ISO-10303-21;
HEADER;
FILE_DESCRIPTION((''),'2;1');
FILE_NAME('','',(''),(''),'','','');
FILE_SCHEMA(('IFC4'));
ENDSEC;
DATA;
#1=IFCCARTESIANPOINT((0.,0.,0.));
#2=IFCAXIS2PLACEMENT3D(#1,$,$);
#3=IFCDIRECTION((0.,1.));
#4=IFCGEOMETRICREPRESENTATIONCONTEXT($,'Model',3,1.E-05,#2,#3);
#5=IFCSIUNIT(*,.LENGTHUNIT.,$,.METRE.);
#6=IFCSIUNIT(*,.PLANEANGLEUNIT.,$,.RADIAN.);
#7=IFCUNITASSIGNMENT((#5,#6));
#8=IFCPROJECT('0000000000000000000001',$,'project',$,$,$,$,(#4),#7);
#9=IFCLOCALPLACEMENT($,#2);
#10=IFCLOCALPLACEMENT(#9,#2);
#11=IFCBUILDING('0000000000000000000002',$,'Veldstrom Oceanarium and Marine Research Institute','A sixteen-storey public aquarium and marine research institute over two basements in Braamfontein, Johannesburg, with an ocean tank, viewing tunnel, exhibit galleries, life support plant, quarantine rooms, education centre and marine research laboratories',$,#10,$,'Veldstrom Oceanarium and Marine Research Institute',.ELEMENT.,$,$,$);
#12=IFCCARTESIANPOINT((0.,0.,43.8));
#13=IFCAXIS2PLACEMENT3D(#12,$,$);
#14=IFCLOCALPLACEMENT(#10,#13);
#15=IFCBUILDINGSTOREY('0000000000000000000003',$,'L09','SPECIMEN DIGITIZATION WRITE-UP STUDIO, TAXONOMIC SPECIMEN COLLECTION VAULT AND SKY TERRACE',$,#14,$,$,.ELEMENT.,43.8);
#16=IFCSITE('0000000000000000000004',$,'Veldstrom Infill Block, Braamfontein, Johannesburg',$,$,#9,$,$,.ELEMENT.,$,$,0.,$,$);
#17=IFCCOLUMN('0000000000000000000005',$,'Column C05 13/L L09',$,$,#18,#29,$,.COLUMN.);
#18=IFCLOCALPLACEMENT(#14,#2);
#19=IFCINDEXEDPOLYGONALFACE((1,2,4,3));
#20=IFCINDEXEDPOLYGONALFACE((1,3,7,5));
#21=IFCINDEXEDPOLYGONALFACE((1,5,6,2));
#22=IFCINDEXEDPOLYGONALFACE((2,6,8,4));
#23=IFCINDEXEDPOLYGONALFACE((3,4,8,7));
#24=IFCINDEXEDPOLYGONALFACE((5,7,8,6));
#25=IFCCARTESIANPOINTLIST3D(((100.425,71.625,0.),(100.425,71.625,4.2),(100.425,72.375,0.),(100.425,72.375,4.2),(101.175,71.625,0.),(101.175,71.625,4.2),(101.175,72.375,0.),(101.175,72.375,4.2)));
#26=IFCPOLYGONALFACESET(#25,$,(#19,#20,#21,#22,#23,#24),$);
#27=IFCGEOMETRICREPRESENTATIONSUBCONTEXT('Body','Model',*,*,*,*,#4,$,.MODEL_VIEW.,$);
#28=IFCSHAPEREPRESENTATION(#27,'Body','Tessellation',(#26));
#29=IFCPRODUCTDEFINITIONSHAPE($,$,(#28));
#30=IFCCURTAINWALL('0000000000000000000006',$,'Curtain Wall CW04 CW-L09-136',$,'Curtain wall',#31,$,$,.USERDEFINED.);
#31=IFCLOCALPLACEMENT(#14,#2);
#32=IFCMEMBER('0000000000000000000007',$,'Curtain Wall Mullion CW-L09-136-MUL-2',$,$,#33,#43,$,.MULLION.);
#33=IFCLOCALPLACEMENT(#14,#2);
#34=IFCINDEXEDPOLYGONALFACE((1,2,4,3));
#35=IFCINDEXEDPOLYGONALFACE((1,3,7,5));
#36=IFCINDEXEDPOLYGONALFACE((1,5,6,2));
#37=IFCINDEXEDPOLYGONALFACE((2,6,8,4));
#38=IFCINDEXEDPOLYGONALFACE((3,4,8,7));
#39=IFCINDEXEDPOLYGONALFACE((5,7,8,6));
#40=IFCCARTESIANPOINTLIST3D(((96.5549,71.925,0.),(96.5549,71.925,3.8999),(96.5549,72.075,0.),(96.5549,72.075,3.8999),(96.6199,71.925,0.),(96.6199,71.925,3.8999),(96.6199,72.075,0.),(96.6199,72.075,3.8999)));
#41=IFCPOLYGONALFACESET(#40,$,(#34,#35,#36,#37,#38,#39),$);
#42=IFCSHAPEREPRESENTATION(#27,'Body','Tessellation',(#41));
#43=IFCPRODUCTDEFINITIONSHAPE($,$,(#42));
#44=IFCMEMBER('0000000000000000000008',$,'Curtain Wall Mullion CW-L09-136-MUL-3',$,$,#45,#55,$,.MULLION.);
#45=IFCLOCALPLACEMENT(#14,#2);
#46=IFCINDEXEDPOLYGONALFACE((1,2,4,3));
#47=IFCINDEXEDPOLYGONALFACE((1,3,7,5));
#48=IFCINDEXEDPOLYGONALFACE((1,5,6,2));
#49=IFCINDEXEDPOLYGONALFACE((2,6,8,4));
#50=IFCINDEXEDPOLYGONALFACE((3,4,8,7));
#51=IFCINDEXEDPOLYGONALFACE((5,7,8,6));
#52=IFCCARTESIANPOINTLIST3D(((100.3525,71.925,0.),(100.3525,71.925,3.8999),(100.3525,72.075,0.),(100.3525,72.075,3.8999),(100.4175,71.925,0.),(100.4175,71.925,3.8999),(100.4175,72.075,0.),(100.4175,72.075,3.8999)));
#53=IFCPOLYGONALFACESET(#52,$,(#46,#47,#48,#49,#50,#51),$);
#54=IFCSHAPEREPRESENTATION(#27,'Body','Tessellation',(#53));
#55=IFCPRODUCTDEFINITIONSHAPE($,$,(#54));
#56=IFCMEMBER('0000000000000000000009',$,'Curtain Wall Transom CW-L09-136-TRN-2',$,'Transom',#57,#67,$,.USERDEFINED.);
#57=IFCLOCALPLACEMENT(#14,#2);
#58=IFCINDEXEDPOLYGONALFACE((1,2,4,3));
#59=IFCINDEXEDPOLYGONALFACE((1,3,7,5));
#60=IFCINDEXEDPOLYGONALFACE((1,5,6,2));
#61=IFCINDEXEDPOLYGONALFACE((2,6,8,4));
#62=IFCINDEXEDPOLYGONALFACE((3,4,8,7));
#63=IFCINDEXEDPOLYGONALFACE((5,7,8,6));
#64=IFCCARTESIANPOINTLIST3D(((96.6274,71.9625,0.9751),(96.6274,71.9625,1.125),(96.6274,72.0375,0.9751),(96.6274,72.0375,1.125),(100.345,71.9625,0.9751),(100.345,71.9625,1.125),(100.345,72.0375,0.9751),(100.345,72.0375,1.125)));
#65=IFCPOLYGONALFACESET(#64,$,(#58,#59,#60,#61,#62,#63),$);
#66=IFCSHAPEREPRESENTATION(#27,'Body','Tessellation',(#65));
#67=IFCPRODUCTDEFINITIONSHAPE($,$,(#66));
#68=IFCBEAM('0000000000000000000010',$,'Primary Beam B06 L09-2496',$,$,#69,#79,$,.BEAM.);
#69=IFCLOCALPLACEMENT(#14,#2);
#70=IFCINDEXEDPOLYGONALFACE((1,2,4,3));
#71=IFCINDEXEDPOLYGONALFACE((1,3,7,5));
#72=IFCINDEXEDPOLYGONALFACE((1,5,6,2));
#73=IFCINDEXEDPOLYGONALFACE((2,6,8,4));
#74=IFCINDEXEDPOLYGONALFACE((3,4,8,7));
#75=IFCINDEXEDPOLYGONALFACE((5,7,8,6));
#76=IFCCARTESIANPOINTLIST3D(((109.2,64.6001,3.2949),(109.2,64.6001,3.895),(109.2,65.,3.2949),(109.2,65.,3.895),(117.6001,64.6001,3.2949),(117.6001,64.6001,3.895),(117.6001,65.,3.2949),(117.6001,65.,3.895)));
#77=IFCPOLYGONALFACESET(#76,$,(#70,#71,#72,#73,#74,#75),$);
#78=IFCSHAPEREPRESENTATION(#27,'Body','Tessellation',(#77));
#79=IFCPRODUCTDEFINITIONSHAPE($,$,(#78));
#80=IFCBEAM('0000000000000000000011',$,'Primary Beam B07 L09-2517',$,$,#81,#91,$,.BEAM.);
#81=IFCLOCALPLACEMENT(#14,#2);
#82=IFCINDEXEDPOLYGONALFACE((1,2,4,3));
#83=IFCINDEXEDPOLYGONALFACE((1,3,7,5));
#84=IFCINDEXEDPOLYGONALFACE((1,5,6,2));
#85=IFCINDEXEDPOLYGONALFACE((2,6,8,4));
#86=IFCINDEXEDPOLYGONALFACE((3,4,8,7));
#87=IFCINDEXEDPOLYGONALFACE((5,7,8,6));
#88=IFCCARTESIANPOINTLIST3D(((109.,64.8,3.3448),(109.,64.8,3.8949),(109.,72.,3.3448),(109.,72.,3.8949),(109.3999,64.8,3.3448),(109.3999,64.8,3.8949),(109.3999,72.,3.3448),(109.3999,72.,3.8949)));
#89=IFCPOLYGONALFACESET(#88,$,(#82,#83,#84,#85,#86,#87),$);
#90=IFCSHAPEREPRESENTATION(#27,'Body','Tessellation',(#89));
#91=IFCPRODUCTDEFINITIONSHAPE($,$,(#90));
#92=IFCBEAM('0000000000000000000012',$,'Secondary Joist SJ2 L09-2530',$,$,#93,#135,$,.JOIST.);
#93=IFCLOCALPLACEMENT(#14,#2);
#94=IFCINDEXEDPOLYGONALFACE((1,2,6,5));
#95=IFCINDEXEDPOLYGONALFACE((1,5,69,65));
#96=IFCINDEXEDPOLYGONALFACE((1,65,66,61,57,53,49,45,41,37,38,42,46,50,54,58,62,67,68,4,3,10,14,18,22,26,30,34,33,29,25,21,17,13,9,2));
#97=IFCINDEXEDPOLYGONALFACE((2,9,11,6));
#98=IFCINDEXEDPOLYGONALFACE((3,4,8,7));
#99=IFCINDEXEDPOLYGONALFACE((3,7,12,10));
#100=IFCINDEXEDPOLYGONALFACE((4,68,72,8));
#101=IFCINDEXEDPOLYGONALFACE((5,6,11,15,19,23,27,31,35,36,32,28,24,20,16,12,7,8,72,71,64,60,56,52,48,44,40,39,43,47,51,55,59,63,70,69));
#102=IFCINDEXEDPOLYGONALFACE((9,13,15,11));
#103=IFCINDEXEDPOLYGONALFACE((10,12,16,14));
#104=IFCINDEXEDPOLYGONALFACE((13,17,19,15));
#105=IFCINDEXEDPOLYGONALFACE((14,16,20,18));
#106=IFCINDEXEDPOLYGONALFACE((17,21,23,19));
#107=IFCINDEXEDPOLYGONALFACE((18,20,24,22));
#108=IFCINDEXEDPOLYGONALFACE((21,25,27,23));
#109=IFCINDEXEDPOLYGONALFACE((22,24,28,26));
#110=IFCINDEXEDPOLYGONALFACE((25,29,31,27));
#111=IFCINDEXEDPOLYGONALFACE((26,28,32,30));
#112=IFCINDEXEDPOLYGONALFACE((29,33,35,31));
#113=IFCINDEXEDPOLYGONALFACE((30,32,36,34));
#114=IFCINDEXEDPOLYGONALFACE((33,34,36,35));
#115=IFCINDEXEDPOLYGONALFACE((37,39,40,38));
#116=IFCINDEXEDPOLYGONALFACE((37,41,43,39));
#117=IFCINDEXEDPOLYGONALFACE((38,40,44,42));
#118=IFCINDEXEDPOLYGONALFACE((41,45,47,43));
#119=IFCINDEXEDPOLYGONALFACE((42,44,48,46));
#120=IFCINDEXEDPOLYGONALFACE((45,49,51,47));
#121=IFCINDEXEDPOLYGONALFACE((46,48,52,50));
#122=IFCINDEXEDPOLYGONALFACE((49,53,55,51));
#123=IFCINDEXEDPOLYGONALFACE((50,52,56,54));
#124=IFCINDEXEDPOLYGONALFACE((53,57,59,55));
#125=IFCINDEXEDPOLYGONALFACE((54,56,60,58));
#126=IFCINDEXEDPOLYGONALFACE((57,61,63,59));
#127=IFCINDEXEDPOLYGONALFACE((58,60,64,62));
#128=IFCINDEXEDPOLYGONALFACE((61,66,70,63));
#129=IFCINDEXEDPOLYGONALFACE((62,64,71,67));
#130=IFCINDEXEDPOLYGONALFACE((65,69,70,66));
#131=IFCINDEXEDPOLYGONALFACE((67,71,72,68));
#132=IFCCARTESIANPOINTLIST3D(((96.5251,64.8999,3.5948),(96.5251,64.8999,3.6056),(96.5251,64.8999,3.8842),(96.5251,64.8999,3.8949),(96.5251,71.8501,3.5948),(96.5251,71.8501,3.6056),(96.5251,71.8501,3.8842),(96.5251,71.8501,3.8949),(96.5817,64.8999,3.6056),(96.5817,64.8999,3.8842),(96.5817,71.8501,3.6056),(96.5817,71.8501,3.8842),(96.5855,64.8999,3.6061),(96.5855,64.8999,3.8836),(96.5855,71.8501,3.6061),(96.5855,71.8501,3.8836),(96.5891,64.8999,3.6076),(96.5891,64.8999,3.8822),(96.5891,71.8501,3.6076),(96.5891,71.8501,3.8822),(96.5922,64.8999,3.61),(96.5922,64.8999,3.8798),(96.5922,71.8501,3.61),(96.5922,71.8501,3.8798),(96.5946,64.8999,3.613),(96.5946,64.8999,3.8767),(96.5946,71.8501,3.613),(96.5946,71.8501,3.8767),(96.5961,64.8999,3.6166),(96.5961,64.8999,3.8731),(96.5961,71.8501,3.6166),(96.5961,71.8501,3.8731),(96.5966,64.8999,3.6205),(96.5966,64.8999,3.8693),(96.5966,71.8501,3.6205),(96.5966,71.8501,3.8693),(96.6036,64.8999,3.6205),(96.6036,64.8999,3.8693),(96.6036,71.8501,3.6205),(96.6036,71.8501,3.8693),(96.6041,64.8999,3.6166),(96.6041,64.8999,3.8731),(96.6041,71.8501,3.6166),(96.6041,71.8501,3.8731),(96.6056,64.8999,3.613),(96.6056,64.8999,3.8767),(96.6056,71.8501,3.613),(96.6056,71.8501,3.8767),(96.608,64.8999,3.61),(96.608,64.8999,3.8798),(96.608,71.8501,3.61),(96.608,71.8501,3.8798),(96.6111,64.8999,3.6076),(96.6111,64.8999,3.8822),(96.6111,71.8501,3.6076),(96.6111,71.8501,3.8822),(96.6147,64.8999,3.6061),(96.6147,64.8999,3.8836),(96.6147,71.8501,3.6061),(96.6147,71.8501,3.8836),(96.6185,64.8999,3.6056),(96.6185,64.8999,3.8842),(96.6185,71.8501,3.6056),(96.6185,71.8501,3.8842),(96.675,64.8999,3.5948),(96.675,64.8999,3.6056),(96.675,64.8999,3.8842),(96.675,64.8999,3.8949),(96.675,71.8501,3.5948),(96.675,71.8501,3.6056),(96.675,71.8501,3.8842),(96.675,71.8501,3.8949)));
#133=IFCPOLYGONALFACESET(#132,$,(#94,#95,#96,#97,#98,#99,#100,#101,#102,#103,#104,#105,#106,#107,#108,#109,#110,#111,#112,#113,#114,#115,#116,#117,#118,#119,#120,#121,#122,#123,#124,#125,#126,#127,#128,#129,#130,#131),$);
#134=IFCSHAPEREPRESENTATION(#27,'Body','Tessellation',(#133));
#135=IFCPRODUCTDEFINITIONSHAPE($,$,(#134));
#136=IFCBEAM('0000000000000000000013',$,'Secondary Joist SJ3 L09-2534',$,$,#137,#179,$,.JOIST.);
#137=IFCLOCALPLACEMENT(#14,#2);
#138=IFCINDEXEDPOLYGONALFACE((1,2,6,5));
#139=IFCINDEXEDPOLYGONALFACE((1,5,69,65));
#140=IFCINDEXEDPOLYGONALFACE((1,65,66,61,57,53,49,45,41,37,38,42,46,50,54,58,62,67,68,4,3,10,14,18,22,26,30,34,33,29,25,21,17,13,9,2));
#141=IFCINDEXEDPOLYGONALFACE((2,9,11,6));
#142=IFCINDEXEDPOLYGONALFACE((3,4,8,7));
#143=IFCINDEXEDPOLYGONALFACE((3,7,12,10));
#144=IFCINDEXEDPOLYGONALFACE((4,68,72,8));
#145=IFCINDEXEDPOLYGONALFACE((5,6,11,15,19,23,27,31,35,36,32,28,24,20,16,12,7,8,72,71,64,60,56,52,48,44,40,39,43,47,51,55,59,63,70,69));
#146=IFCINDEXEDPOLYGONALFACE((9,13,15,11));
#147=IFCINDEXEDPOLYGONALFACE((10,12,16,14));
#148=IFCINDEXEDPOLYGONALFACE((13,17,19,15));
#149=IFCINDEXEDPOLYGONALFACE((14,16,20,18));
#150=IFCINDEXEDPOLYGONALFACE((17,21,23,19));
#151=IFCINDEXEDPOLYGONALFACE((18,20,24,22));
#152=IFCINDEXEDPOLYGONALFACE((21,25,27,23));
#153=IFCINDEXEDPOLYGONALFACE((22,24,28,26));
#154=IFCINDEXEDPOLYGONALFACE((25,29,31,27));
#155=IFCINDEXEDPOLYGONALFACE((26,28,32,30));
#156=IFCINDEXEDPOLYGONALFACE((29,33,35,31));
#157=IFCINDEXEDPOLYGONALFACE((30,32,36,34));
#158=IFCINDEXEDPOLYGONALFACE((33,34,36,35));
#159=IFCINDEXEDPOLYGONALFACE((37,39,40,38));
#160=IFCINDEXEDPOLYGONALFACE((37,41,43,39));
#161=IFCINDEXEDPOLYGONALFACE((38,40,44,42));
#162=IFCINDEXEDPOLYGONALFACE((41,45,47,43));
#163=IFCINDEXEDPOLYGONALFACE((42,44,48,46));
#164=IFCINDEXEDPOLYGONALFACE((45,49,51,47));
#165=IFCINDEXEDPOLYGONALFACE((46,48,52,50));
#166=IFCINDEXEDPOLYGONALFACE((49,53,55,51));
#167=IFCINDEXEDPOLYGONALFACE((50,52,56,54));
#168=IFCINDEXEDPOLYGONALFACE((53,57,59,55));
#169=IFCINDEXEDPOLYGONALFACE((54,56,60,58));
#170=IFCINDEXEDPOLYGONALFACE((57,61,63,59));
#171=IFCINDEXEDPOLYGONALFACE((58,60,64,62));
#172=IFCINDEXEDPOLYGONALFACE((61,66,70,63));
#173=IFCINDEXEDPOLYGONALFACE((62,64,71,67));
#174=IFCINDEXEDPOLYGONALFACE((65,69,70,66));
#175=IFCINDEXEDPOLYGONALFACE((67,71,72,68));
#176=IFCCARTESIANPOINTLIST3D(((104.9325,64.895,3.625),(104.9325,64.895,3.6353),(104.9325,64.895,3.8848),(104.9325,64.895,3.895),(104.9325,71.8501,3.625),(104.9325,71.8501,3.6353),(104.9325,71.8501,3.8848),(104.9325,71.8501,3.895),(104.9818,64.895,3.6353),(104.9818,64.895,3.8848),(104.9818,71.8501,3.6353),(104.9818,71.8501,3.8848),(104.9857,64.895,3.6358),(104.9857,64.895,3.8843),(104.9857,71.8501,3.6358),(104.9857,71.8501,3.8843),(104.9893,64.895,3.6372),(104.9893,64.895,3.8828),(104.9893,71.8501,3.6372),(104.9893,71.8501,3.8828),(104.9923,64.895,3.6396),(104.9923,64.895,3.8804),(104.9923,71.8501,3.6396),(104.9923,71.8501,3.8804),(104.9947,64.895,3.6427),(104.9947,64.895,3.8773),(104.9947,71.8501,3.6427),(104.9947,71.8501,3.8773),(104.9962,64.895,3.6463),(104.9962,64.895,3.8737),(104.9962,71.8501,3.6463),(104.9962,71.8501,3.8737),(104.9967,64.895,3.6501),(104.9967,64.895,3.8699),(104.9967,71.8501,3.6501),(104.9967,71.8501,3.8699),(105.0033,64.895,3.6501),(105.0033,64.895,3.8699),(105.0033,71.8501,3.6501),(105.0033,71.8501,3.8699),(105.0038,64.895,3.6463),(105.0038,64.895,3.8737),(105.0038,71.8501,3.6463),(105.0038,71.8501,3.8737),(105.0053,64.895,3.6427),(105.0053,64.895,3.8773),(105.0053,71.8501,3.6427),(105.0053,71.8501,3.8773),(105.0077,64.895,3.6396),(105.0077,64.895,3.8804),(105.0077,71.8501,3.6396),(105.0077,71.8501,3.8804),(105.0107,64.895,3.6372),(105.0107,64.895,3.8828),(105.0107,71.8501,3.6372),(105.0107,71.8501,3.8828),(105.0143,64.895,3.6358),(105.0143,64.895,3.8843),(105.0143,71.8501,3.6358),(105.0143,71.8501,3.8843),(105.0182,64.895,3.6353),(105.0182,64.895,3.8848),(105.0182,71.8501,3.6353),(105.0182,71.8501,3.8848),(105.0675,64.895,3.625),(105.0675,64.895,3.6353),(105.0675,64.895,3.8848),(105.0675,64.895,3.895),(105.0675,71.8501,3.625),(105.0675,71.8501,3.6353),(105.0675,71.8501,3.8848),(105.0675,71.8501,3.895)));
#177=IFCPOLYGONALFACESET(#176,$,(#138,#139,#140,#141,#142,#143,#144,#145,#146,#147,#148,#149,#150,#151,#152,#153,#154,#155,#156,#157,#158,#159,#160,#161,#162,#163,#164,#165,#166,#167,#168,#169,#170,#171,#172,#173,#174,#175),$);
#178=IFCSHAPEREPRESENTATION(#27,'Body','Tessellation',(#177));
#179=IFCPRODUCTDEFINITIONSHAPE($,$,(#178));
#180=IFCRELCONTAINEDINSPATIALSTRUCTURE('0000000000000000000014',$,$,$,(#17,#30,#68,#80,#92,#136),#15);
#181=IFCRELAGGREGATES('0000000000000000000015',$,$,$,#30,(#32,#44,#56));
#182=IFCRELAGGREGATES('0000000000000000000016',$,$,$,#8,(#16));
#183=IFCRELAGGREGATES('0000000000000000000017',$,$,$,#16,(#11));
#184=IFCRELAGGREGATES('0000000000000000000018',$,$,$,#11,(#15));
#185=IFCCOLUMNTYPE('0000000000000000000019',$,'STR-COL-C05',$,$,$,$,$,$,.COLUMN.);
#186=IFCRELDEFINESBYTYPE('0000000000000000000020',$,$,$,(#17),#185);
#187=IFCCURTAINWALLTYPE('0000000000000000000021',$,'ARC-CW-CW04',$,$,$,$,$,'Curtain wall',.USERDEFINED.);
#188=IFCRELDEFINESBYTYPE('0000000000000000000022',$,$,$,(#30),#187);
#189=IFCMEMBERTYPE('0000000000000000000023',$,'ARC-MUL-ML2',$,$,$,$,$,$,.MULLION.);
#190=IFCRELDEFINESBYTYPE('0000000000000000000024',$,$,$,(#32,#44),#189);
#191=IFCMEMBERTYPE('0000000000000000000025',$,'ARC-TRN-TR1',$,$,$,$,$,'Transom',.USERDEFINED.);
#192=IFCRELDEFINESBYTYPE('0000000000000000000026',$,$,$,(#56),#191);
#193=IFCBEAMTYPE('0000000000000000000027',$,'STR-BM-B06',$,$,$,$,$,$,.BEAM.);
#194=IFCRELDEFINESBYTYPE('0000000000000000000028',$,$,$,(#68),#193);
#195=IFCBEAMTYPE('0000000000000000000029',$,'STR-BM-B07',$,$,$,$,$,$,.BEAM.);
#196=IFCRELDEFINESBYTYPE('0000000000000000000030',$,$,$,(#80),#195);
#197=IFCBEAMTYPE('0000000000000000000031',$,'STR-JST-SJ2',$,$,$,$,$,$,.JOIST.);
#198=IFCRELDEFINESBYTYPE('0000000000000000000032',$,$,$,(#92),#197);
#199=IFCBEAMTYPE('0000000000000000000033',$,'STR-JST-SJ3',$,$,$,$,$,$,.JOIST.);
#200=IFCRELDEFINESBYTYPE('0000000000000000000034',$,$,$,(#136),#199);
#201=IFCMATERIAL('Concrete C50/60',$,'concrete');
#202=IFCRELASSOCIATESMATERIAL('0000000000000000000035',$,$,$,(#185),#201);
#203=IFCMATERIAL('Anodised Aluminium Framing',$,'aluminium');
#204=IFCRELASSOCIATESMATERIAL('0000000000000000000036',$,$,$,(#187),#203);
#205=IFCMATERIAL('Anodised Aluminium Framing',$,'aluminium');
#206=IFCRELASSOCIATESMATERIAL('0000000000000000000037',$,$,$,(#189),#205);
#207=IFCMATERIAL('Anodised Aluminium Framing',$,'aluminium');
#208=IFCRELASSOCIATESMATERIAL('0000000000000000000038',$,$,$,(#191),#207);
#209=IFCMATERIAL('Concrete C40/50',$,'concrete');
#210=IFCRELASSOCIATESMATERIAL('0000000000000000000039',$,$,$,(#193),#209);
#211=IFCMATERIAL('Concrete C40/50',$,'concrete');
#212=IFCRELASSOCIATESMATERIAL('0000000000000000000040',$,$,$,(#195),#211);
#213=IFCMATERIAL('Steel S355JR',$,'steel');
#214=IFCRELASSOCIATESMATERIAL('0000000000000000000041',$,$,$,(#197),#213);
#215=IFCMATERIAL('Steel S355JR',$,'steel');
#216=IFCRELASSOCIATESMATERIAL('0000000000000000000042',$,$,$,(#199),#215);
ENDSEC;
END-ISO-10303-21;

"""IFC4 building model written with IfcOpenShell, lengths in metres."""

from ifc_helpers import new_model, si_unit, direction, frame, origin, origin_2d, place, context, subcontext, project, spatial, rectangle, i_section, extrude, material, material_profile, profile_set, type_object, element, aggregate, save


model = new_model("IFC4")

# Units and contexts
model_context = context("Model", 3, precision=1e-05, world=origin(), true_north=direction((0.0, 1.0)))
body_context = subcontext(model_context, "Body", "Model", "MODEL_VIEW")
ifc_project = project(units=[si_unit("LENGTHUNIT", "METRE"), si_unit("PLANEANGLEUNIT", "RADIAN")], contexts=[model_context])

# Site, building, storey
site_placement = place(None, origin())
site = spatial("IfcSite", under=ifc_project, at=site_placement, Name="Veldstrom Infill Block, Braamfontein, Johannesburg", CompositionType="ELEMENT", RefElevation=0.0)
building_placement = place(site_placement, origin())
building = spatial("IfcBuilding", under=site, at=building_placement, Name="Veldstrom Oceanarium and Marine Research Institute", Description="A sixteen-storey public aquarium and marine research institute over two basements in Braamfontein, Johannesburg, with an ocean tank, viewing tunnel, exhibit galleries, life support plant, quarantine rooms, education centre and marine research laboratories", LongName="Veldstrom Oceanarium and Marine Research Institute", CompositionType="ELEMENT")
storey_placement = place(building_placement, frame((0.0, 0.0, 43.8)))
storey = spatial("IfcBuildingStorey", under=building, at=storey_placement, Name="L09", Description="SPECIMEN DIGITIZATION WRITE-UP STUDIO, TAXONOMIC SPECIMEN COLLECTION VAULT AND SKY TERRACE", CompositionType="ELEMENT", Elevation=43.8)

# Column
ifc_material_1 = material(Name="Concrete C50/60", Category="concrete")
ifc_material_profile_1 = material_profile(ifc_material_1, rectangle(XDim=0.75, YDim=0.75, at=origin_2d()), Name="RC-COL-750x750")
ifc_profile_set_1 = profile_set([ifc_material_profile_1], Name="Concrete C50/60")
column_type = type_object("IfcColumnType", Name="STR-COL-C05", PredefinedType="COLUMN", material=ifc_profile_set_1)
column_placement = place(storey_placement, frame((100.8, 72.0, 0.0), z_axis=(0.0, 0.0, 1.0), x_axis=(1.0, 0.0, 0.0)))
element("IfcColumn", 1, at=column_placement, inside=storey, type_object=column_type, Name="Column C05 13/L L09", PredefinedType="COLUMN", context=body_context, shape_type="SweptSolid", body=[
    extrude(rectangle(XDim=0.75, YDim=0.75, at=origin_2d()), origin(), (0.0, 0.0, 1.0), 4.2),
])

# Curtain wall, members
ifc_material_2 = material(Name="Anodised Aluminium Framing", Category="aluminium")
curtain_wall_type = type_object("IfcCurtainWallType", Name="ARC-CW-CW04", ElementType="Curtain wall", PredefinedType="USERDEFINED", material=ifc_material_2)
curtain_wall_placement = place(storey_placement, origin())
curtain_wall = element("IfcCurtainWall", 2, at=curtain_wall_placement, inside=storey, type_object=curtain_wall_type, Name="Curtain Wall CW04 CW-L09-136", ObjectType="Curtain wall", PredefinedType="USERDEFINED")
ifc_material_3 = material(Name="Anodised Aluminium Framing", Category="aluminium")
ifc_material_profile_2 = material_profile(ifc_material_3, rectangle(XDim=0.0649, YDim=0.1499, at=origin_2d()), Name="ALU-MUL-65x150")
ifc_profile_set_2 = profile_set([ifc_material_profile_2], Name="Anodised Aluminium Framing")
member_type_1 = type_object("IfcMemberType", Name="ARC-MUL-ML2", PredefinedType="MULLION", material=ifc_profile_set_2)
member_1_placement = place(storey_placement, frame((96.5874, 72.0, 0.0), z_axis=(0.0, 0.0, 1.0), x_axis=(1.0, 0.0, 0.0)))
member_1 = element("IfcMember", 3, at=member_1_placement, type_object=member_type_1, Name="Curtain Wall Mullion CW-L09-136-MUL-2", PredefinedType="MULLION", context=body_context, shape_type="SweptSolid", body=[
    extrude(rectangle(XDim=0.0649, YDim=0.1499, at=origin_2d()), origin(), (0.0, 0.0, 1.0), 3.8999),
])
member_2_placement = place(storey_placement, frame((100.385, 72.0, 0.0), z_axis=(0.0, 0.0, 1.0), x_axis=(1.0, 0.0, 0.0)))
member_2 = element("IfcMember", 4, at=member_2_placement, type_object=member_type_1, Name="Curtain Wall Mullion CW-L09-136-MUL-3", PredefinedType="MULLION", context=body_context, shape_type="SweptSolid", body=[
    extrude(rectangle(XDim=0.0649, YDim=0.1499, at=origin_2d()), origin(), (0.0, 0.0, 1.0), 3.8999),
])
ifc_material_4 = material(Name="Anodised Aluminium Framing", Category="aluminium")
ifc_material_profile_3 = material_profile(ifc_material_4, rectangle(XDim=0.075, YDim=0.1499, at=origin_2d()), Name="ALU-TRN-75x150")
ifc_profile_set_3 = profile_set([ifc_material_profile_3], Name="Anodised Aluminium Framing")
member_type_2 = type_object("IfcMemberType", Name="ARC-TRN-TR1", ElementType="Transom", PredefinedType="USERDEFINED", material=ifc_profile_set_3)
member_3_placement = place(storey_placement, frame((96.6274, 72.0, 1.05), z_axis=(1.0, 0.0, 0.0), x_axis=(0.0, 1.0, 0.0)))
member_3 = element("IfcMember", 5, at=member_3_placement, type_object=member_type_2, Name="Curtain Wall Transom CW-L09-136-TRN-2", ObjectType="Transom", PredefinedType="USERDEFINED", context=body_context, shape_type="SweptSolid", body=[
    extrude(rectangle(XDim=0.075, YDim=0.1499, at=origin_2d()), origin(), (0.0, 0.0, 1.0), 3.7175),
])

# Beams
ifc_material_5 = material(Name="Concrete C40/50", Category="concrete")
ifc_material_profile_4 = material_profile(ifc_material_5, rectangle(XDim=0.3999, YDim=0.6001, at=origin_2d()), Name="RC-BM-400x600")
ifc_profile_set_4 = profile_set([ifc_material_profile_4], Name="Concrete C40/50")
beam_type_1 = type_object("IfcBeamType", Name="STR-BM-B06", PredefinedType="BEAM", material=ifc_profile_set_4)
beam_1_placement = place(storey_placement, frame((109.2, 64.8, 3.595), z_axis=(1.0, 0.0, 0.0), x_axis=(0.0, 1.0, 0.0)))
element("IfcBeam", 6, at=beam_1_placement, inside=storey, type_object=beam_type_1, Name="Primary Beam B06 L09-2496", PredefinedType="BEAM", context=body_context, shape_type="SweptSolid", body=[
    extrude(rectangle(XDim=0.3999, YDim=0.6001, at=origin_2d()), origin(), (0.0, 0.0, 1.0), 8.4001),
])
ifc_material_6 = material(Name="Concrete C40/50", Category="concrete")
ifc_material_profile_5 = material_profile(ifc_material_6, rectangle(XDim=0.3999, YDim=0.55, at=origin_2d()), Name="RC-BM-400x550")
ifc_profile_set_5 = profile_set([ifc_material_profile_5], Name="Concrete C40/50")
beam_type_2 = type_object("IfcBeamType", Name="STR-BM-B07", PredefinedType="BEAM", material=ifc_profile_set_5)
beam_2_placement = place(storey_placement, frame((109.2, 64.8, 3.6199), z_axis=(0.0, 1.0, 0.0), x_axis=(-1.0, 0.0, 0.0)))
element("IfcBeam", 7, at=beam_2_placement, inside=storey, type_object=beam_type_2, Name="Primary Beam B07 L09-2517", PredefinedType="BEAM", context=body_context, shape_type="SweptSolid", body=[
    extrude(rectangle(XDim=0.3999, YDim=0.55, at=origin_2d()), origin(), (0.0, 0.0, 1.0), 7.2),
])
ifc_material_7 = material(Name="Steel S355JR", Category="steel")
ifc_material_profile_6 = material_profile(ifc_material_7, i_section(OverallWidth=0.1499, OverallDepth=0.3, WebThickness=0.0071, FlangeThickness=0.0107, FilletRadius=0.0149, at=origin_2d()), Name="IPE 300")
ifc_profile_set_6 = profile_set([ifc_material_profile_6], Name="Steel S355JR")
beam_type_3 = type_object("IfcBeamType", Name="STR-JST-SJ2", PredefinedType="JOIST", material=ifc_profile_set_6)
beam_3_placement = place(storey_placement, frame((96.6001, 64.8999, 3.7449), z_axis=(0.0, 1.0, 0.0), x_axis=(-1.0, 0.0, 0.0)))
element("IfcBeam", 8, at=beam_3_placement, inside=storey, type_object=beam_type_3, Name="Secondary Joist SJ2 L09-2530", PredefinedType="JOIST", context=body_context, shape_type="SweptSolid", body=[
    extrude(i_section(OverallWidth=0.1499, OverallDepth=0.3, WebThickness=0.0071, FlangeThickness=0.0107, FilletRadius=0.0149, at=origin_2d()), origin(), (0.0, 0.0, 1.0), 6.9502),
])
ifc_material_8 = material(Name="Steel S355JR", Category="steel")
ifc_material_profile_7 = material_profile(ifc_material_8, i_section(OverallWidth=0.135, OverallDepth=0.27, WebThickness=0.0066, FlangeThickness=0.0103, FilletRadius=0.0149, at=origin_2d()), Name="IPE 270")
ifc_profile_set_7 = profile_set([ifc_material_profile_7], Name="Steel S355JR")
beam_type_4 = type_object("IfcBeamType", Name="STR-JST-SJ3", PredefinedType="JOIST", material=ifc_profile_set_7)
beam_4_placement = place(storey_placement, frame((105.0, 64.895, 3.76), z_axis=(0.0, 1.0, 0.0), x_axis=(-1.0, 0.0, 0.0)))
element("IfcBeam", 9, at=beam_4_placement, inside=storey, type_object=beam_type_4, Name="Secondary Joist SJ3 L09-2534", PredefinedType="JOIST", context=body_context, shape_type="SweptSolid", body=[
    extrude(i_section(OverallWidth=0.135, OverallDepth=0.27, WebThickness=0.0066, FlangeThickness=0.0103, FilletRadius=0.0149, at=origin_2d()), origin(), (0.0, 0.0, 1.0), 6.9551),
])

aggregate(curtain_wall, [member_1, member_2, member_3])

save(model, "model.ifc")
